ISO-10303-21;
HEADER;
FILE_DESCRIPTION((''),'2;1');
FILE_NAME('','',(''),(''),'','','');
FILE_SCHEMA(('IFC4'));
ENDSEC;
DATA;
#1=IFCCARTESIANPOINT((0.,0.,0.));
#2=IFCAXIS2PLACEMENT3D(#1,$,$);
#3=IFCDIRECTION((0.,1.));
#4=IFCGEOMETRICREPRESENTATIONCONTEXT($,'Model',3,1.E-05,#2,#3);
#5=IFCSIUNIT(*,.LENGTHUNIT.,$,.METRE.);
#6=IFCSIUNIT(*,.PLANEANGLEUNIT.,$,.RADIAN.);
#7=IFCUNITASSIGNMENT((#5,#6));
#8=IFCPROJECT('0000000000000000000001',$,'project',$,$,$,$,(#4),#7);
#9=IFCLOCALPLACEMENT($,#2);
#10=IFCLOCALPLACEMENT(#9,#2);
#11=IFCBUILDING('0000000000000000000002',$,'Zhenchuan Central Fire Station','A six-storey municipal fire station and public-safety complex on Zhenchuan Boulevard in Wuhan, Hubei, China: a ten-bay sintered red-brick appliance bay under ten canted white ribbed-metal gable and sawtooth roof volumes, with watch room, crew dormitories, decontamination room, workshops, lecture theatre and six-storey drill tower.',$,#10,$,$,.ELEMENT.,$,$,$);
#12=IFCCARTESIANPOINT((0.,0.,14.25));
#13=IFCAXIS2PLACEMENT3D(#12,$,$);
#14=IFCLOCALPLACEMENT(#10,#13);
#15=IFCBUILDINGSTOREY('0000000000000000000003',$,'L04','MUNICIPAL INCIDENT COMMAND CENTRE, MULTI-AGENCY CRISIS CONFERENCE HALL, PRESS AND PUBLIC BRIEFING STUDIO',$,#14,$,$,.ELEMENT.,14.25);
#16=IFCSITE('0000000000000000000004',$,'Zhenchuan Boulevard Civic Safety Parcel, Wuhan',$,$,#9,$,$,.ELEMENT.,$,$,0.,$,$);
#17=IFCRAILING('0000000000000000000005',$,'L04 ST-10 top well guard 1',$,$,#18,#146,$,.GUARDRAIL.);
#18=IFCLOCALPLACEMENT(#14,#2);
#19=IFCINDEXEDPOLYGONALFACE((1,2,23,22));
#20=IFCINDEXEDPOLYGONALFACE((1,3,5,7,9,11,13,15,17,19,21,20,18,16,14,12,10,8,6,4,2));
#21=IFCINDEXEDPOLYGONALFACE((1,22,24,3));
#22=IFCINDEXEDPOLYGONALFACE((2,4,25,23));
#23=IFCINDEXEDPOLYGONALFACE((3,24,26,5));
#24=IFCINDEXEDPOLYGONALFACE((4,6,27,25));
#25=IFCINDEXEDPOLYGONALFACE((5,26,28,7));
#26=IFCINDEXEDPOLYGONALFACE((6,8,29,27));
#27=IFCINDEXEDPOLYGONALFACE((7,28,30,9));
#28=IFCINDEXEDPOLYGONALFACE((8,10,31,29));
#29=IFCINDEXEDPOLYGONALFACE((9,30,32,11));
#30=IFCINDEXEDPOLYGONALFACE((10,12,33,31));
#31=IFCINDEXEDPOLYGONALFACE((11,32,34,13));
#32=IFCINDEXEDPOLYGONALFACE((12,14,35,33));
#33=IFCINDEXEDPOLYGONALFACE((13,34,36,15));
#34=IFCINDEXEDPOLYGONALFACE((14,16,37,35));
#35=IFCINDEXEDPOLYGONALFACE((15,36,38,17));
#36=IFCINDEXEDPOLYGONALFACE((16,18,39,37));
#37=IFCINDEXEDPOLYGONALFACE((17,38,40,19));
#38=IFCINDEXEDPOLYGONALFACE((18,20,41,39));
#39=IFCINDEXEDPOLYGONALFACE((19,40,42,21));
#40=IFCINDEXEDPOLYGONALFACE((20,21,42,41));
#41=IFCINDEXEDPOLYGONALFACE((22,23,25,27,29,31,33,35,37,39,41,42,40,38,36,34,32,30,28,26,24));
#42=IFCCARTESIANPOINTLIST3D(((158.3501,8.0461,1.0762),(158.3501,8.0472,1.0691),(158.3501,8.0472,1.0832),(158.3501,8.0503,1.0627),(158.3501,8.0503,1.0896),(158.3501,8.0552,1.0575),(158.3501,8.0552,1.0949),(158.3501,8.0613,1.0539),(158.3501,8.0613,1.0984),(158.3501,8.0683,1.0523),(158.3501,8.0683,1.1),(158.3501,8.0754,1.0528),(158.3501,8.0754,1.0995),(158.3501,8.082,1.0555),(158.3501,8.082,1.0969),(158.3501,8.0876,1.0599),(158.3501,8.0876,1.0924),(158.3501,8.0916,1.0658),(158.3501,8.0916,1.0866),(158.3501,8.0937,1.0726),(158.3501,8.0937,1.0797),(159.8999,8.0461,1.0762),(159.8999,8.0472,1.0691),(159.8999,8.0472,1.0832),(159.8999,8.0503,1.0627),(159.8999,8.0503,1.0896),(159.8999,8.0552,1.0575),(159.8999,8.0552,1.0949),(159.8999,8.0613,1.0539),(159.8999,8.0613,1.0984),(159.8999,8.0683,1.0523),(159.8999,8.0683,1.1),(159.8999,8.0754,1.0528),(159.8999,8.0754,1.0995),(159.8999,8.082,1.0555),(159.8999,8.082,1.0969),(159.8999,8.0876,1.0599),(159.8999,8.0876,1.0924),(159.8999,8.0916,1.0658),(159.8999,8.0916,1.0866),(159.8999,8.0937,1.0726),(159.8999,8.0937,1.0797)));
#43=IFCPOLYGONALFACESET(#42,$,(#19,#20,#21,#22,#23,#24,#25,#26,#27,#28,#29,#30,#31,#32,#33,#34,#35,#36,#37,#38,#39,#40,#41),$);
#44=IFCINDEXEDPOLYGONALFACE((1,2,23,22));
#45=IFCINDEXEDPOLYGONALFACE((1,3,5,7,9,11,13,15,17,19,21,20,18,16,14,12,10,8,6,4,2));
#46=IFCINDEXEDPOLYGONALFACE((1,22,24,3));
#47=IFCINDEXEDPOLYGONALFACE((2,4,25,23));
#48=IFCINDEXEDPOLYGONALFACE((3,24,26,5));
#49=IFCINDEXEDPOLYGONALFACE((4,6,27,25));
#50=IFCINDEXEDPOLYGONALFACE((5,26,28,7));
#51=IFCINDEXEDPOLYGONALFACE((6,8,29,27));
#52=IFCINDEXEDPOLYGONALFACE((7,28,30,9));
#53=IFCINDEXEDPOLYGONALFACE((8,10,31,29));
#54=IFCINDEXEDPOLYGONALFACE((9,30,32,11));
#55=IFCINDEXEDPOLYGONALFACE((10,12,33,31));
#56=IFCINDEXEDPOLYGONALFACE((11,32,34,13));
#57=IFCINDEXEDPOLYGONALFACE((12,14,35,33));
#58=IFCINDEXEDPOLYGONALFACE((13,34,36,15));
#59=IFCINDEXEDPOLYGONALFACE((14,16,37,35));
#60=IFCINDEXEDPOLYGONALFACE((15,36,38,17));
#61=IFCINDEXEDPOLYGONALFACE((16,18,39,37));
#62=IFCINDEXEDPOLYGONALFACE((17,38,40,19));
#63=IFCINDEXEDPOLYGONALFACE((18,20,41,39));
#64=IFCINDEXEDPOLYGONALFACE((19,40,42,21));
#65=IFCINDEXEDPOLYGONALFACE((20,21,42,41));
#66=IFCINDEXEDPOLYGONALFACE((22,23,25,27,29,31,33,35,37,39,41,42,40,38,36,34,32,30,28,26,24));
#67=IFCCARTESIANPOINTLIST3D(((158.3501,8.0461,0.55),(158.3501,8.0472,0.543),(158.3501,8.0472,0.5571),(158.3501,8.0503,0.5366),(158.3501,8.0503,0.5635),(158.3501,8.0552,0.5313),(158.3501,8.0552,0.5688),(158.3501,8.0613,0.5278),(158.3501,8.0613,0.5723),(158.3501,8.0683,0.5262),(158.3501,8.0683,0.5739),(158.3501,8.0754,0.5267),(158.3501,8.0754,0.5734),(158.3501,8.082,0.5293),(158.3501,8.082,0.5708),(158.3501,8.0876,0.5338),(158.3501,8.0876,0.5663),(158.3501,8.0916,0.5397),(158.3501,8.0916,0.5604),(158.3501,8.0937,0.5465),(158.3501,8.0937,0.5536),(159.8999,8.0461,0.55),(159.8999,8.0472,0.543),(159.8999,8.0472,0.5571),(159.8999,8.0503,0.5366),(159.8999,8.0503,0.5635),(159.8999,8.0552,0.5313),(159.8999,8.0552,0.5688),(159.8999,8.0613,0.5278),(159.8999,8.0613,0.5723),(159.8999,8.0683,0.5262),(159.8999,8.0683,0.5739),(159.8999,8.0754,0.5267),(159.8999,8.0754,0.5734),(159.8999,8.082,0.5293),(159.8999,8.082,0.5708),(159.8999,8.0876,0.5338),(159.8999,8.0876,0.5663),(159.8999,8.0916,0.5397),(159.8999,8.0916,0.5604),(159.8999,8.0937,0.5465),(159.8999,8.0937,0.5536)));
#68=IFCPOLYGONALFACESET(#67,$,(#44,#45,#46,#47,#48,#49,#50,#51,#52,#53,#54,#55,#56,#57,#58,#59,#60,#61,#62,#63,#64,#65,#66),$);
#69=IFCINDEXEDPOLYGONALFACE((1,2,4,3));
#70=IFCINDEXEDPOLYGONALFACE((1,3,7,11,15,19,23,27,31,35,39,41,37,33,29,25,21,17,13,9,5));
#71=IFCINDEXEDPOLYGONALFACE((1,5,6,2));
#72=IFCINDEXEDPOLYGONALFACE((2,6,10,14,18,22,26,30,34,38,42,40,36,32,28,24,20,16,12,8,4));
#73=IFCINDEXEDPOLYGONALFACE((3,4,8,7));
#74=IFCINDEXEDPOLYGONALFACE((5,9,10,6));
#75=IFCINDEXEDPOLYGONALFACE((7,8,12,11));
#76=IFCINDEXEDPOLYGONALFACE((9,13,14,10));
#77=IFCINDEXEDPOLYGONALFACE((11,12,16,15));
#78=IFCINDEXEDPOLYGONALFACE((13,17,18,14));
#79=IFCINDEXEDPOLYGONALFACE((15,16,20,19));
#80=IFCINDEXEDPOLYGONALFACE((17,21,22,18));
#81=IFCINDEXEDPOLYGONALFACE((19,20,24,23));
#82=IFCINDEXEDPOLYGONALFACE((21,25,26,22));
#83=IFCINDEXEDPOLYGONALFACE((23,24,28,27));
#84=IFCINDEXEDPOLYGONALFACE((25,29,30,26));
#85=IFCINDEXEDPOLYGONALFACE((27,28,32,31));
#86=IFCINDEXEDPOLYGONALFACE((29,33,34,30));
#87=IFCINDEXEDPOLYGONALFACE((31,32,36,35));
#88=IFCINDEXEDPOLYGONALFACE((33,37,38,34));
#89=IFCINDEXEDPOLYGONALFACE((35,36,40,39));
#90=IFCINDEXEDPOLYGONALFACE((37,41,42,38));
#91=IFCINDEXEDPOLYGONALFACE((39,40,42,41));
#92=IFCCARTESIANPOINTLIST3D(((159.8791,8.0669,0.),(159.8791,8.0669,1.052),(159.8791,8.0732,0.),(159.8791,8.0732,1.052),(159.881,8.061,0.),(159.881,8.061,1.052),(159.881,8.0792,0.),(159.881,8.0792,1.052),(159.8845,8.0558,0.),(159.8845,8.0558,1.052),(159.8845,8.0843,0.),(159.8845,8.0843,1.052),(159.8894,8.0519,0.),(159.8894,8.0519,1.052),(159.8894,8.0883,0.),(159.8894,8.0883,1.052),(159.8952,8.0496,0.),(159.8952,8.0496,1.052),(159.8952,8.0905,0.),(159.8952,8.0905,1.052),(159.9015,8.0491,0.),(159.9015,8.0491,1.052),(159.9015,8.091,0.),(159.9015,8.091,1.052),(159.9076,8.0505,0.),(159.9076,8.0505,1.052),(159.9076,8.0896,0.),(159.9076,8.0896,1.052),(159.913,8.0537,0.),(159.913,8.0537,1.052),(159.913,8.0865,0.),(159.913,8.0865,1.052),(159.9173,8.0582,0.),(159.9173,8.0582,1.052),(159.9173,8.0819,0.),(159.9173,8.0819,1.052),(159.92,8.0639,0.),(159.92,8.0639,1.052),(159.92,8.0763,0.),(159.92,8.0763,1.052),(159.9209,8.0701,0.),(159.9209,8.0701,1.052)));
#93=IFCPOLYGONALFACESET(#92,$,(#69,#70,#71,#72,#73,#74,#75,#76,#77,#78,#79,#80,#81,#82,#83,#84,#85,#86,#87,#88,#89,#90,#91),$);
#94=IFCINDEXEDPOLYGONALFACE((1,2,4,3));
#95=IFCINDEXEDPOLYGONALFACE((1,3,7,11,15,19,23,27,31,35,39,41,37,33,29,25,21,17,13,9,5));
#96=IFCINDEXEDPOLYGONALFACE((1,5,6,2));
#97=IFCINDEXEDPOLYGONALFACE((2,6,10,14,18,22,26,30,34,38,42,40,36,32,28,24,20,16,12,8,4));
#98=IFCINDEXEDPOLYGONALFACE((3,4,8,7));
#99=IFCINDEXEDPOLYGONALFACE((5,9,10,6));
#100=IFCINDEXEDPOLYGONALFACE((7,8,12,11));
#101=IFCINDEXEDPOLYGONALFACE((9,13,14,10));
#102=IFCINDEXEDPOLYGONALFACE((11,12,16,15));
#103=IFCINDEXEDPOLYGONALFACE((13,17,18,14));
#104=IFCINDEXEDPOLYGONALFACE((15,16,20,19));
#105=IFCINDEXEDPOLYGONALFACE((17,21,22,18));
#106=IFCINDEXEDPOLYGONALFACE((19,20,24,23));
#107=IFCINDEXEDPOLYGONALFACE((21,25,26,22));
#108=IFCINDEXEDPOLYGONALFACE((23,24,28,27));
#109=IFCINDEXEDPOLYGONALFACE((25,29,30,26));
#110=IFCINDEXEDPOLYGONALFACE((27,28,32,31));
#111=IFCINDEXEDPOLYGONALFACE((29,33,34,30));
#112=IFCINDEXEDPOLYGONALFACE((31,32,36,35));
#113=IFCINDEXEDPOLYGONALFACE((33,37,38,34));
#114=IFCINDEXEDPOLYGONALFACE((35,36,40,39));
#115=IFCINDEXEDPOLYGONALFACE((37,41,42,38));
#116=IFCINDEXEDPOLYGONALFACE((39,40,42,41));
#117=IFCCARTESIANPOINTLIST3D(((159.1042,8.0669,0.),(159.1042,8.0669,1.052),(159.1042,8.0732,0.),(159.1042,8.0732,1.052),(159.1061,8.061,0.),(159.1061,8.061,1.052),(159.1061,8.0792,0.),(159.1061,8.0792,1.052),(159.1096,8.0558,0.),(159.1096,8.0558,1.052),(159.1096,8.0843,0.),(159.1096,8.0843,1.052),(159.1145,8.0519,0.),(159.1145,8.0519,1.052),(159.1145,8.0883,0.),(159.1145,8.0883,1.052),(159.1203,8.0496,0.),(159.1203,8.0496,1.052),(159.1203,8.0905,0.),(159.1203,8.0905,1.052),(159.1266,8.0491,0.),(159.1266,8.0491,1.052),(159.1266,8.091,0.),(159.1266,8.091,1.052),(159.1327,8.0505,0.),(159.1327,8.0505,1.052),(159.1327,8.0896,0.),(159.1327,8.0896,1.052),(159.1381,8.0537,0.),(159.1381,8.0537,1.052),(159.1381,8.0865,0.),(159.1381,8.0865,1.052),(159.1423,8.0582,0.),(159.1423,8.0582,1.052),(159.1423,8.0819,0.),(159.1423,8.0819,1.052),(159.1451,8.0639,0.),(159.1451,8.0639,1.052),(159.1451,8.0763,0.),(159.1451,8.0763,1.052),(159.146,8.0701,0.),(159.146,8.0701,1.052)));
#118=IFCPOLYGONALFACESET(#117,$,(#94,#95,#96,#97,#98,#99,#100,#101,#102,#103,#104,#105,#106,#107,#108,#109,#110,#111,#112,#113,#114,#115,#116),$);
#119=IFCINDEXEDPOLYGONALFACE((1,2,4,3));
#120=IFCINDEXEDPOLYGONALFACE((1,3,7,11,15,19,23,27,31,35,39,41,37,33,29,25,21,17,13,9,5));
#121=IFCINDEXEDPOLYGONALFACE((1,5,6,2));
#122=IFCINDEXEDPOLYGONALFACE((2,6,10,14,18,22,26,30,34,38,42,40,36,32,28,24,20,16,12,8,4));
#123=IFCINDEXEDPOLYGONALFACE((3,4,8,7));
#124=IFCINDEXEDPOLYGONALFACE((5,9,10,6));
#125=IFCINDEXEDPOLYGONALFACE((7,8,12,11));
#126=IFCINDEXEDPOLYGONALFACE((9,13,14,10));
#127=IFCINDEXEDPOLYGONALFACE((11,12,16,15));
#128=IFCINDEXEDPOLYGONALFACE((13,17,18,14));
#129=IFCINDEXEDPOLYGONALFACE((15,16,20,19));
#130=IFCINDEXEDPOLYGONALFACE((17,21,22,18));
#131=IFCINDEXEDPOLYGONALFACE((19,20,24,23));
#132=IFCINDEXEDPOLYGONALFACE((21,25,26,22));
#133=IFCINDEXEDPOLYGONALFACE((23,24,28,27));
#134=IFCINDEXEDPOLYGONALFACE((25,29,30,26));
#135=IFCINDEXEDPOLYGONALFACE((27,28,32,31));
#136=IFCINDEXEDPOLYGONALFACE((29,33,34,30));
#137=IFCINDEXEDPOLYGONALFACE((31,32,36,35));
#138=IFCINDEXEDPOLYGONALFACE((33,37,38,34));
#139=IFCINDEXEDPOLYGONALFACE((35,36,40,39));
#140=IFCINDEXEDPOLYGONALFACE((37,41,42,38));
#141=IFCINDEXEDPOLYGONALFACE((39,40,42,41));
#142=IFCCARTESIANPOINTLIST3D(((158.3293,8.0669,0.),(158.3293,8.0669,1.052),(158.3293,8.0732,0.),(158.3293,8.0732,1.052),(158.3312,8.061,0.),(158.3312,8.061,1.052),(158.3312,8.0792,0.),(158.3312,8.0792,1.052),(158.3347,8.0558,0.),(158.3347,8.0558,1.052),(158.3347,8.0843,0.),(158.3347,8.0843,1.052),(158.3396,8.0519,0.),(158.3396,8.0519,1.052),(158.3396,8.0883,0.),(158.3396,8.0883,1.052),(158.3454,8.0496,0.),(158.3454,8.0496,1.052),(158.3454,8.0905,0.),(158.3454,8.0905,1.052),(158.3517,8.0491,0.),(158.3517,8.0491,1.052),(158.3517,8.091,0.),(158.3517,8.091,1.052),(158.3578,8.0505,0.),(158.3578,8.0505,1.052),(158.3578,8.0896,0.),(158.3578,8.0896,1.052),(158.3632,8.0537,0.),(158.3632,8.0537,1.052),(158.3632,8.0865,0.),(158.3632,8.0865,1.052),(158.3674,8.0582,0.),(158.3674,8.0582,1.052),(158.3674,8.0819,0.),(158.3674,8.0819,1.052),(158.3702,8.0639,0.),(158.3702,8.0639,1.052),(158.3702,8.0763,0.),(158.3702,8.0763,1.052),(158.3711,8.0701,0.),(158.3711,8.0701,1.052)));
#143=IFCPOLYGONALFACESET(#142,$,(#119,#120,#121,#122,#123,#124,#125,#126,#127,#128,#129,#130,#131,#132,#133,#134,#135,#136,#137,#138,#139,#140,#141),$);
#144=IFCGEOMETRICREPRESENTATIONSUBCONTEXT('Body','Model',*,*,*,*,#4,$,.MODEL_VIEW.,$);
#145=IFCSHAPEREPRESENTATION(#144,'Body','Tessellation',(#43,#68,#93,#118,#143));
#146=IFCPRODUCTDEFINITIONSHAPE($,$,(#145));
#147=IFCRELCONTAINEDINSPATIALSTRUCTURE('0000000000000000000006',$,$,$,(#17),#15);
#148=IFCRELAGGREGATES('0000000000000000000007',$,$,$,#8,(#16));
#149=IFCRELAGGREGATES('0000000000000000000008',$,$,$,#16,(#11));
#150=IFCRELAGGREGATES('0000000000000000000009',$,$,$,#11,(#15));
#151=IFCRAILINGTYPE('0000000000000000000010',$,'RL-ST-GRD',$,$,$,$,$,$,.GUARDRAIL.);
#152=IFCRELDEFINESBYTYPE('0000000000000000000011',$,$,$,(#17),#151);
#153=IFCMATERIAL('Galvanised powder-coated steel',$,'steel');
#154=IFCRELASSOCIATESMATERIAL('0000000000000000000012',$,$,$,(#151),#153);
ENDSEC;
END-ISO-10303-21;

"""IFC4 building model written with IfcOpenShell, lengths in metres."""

from ifc_helpers import new_model, si_unit, direction, frame, origin, origin_2d, place, context, subcontext, project, spatial, circle, extrude, material, type_object, element, save


model = new_model("IFC4")

# Units and contexts
model_context = context("Model", 3, precision=1e-05, world=origin(), true_north=direction((0.0, 1.0)))
body_context = subcontext(model_context, "Body", "Model", "MODEL_VIEW")
ifc_project = project(units=[si_unit("LENGTHUNIT", "METRE"), si_unit("PLANEANGLEUNIT", "RADIAN")], contexts=[model_context])

# Site, building, storey
site_placement = place(None, origin())
site = spatial("IfcSite", under=ifc_project, at=site_placement, Name="Zhenchuan Boulevard Civic Safety Parcel, Wuhan", CompositionType="ELEMENT", RefElevation=0.0)
building_placement = place(site_placement, origin())
building = spatial("IfcBuilding", under=site, at=building_placement, Name="Zhenchuan Central Fire Station", Description="A six-storey municipal fire station and public-safety complex on Zhenchuan Boulevard in Wuhan, Hubei, China: a ten-bay sintered red-brick appliance bay under ten canted white ribbed-metal gable and sawtooth roof volumes, with watch room, crew dormitories, decontamination room, workshops, lecture theatre and six-storey drill tower.", CompositionType="ELEMENT")
storey_placement = place(building_placement, frame((0.0, 0.0, 14.25)))
storey = spatial("IfcBuildingStorey", under=building, at=storey_placement, Name="L04", Description="MUNICIPAL INCIDENT COMMAND CENTRE, MULTI-AGENCY CRISIS CONFERENCE HALL, PRESS AND PUBLIC BRIEFING STUDIO", CompositionType="ELEMENT", Elevation=14.25)

# Railing
ifc_material_1 = material(Name="Galvanised powder-coated steel", Category="steel")
railing_type = type_object("IfcRailingType", Name="RL-ST-GRD", PredefinedType="GUARDRAIL", material=ifc_material_1)
railing_placement = place(storey_placement, frame((159.8999, 8.0701, 0.0)))
element("IfcRailing", 1, at=railing_placement, inside=storey, type_object=railing_type, Name="L04 ST-10 top well guard 1", PredefinedType="GUARDRAIL", context=body_context, shape_type="SweptSolid", body=[
    extrude(circle(Radius=0.0239, at=origin_2d()), frame((0.0, 0.0, 1.0762), z_axis=(-1.0, 0.0, 0.0), x_axis=(0.0, -1.0, 0.0)), (0.0, 0.0, 1.0), 1.5498),
    extrude(circle(Radius=0.0239, at=origin_2d()), frame((0.0, 0.0, 0.55), z_axis=(-1.0, 0.0, 0.0), x_axis=(0.0, -1.0, 0.0)), (0.0, 0.0, 1.0), 1.5498),
    extrude(circle(Radius=0.021, at=origin_2d()), origin(), (0.0, 0.0, 1.0), 1.052),
    extrude(circle(Radius=0.021, at=origin_2d()), frame((-0.7749, 0.0, 0.0)), (0.0, 0.0, 1.0), 1.052),
    extrude(circle(Radius=0.021, at=origin_2d()), frame((-1.5498, 0.0, 0.0)), (0.0, 0.0, 1.0), 1.052),
])

save(model, "model.ifc")
